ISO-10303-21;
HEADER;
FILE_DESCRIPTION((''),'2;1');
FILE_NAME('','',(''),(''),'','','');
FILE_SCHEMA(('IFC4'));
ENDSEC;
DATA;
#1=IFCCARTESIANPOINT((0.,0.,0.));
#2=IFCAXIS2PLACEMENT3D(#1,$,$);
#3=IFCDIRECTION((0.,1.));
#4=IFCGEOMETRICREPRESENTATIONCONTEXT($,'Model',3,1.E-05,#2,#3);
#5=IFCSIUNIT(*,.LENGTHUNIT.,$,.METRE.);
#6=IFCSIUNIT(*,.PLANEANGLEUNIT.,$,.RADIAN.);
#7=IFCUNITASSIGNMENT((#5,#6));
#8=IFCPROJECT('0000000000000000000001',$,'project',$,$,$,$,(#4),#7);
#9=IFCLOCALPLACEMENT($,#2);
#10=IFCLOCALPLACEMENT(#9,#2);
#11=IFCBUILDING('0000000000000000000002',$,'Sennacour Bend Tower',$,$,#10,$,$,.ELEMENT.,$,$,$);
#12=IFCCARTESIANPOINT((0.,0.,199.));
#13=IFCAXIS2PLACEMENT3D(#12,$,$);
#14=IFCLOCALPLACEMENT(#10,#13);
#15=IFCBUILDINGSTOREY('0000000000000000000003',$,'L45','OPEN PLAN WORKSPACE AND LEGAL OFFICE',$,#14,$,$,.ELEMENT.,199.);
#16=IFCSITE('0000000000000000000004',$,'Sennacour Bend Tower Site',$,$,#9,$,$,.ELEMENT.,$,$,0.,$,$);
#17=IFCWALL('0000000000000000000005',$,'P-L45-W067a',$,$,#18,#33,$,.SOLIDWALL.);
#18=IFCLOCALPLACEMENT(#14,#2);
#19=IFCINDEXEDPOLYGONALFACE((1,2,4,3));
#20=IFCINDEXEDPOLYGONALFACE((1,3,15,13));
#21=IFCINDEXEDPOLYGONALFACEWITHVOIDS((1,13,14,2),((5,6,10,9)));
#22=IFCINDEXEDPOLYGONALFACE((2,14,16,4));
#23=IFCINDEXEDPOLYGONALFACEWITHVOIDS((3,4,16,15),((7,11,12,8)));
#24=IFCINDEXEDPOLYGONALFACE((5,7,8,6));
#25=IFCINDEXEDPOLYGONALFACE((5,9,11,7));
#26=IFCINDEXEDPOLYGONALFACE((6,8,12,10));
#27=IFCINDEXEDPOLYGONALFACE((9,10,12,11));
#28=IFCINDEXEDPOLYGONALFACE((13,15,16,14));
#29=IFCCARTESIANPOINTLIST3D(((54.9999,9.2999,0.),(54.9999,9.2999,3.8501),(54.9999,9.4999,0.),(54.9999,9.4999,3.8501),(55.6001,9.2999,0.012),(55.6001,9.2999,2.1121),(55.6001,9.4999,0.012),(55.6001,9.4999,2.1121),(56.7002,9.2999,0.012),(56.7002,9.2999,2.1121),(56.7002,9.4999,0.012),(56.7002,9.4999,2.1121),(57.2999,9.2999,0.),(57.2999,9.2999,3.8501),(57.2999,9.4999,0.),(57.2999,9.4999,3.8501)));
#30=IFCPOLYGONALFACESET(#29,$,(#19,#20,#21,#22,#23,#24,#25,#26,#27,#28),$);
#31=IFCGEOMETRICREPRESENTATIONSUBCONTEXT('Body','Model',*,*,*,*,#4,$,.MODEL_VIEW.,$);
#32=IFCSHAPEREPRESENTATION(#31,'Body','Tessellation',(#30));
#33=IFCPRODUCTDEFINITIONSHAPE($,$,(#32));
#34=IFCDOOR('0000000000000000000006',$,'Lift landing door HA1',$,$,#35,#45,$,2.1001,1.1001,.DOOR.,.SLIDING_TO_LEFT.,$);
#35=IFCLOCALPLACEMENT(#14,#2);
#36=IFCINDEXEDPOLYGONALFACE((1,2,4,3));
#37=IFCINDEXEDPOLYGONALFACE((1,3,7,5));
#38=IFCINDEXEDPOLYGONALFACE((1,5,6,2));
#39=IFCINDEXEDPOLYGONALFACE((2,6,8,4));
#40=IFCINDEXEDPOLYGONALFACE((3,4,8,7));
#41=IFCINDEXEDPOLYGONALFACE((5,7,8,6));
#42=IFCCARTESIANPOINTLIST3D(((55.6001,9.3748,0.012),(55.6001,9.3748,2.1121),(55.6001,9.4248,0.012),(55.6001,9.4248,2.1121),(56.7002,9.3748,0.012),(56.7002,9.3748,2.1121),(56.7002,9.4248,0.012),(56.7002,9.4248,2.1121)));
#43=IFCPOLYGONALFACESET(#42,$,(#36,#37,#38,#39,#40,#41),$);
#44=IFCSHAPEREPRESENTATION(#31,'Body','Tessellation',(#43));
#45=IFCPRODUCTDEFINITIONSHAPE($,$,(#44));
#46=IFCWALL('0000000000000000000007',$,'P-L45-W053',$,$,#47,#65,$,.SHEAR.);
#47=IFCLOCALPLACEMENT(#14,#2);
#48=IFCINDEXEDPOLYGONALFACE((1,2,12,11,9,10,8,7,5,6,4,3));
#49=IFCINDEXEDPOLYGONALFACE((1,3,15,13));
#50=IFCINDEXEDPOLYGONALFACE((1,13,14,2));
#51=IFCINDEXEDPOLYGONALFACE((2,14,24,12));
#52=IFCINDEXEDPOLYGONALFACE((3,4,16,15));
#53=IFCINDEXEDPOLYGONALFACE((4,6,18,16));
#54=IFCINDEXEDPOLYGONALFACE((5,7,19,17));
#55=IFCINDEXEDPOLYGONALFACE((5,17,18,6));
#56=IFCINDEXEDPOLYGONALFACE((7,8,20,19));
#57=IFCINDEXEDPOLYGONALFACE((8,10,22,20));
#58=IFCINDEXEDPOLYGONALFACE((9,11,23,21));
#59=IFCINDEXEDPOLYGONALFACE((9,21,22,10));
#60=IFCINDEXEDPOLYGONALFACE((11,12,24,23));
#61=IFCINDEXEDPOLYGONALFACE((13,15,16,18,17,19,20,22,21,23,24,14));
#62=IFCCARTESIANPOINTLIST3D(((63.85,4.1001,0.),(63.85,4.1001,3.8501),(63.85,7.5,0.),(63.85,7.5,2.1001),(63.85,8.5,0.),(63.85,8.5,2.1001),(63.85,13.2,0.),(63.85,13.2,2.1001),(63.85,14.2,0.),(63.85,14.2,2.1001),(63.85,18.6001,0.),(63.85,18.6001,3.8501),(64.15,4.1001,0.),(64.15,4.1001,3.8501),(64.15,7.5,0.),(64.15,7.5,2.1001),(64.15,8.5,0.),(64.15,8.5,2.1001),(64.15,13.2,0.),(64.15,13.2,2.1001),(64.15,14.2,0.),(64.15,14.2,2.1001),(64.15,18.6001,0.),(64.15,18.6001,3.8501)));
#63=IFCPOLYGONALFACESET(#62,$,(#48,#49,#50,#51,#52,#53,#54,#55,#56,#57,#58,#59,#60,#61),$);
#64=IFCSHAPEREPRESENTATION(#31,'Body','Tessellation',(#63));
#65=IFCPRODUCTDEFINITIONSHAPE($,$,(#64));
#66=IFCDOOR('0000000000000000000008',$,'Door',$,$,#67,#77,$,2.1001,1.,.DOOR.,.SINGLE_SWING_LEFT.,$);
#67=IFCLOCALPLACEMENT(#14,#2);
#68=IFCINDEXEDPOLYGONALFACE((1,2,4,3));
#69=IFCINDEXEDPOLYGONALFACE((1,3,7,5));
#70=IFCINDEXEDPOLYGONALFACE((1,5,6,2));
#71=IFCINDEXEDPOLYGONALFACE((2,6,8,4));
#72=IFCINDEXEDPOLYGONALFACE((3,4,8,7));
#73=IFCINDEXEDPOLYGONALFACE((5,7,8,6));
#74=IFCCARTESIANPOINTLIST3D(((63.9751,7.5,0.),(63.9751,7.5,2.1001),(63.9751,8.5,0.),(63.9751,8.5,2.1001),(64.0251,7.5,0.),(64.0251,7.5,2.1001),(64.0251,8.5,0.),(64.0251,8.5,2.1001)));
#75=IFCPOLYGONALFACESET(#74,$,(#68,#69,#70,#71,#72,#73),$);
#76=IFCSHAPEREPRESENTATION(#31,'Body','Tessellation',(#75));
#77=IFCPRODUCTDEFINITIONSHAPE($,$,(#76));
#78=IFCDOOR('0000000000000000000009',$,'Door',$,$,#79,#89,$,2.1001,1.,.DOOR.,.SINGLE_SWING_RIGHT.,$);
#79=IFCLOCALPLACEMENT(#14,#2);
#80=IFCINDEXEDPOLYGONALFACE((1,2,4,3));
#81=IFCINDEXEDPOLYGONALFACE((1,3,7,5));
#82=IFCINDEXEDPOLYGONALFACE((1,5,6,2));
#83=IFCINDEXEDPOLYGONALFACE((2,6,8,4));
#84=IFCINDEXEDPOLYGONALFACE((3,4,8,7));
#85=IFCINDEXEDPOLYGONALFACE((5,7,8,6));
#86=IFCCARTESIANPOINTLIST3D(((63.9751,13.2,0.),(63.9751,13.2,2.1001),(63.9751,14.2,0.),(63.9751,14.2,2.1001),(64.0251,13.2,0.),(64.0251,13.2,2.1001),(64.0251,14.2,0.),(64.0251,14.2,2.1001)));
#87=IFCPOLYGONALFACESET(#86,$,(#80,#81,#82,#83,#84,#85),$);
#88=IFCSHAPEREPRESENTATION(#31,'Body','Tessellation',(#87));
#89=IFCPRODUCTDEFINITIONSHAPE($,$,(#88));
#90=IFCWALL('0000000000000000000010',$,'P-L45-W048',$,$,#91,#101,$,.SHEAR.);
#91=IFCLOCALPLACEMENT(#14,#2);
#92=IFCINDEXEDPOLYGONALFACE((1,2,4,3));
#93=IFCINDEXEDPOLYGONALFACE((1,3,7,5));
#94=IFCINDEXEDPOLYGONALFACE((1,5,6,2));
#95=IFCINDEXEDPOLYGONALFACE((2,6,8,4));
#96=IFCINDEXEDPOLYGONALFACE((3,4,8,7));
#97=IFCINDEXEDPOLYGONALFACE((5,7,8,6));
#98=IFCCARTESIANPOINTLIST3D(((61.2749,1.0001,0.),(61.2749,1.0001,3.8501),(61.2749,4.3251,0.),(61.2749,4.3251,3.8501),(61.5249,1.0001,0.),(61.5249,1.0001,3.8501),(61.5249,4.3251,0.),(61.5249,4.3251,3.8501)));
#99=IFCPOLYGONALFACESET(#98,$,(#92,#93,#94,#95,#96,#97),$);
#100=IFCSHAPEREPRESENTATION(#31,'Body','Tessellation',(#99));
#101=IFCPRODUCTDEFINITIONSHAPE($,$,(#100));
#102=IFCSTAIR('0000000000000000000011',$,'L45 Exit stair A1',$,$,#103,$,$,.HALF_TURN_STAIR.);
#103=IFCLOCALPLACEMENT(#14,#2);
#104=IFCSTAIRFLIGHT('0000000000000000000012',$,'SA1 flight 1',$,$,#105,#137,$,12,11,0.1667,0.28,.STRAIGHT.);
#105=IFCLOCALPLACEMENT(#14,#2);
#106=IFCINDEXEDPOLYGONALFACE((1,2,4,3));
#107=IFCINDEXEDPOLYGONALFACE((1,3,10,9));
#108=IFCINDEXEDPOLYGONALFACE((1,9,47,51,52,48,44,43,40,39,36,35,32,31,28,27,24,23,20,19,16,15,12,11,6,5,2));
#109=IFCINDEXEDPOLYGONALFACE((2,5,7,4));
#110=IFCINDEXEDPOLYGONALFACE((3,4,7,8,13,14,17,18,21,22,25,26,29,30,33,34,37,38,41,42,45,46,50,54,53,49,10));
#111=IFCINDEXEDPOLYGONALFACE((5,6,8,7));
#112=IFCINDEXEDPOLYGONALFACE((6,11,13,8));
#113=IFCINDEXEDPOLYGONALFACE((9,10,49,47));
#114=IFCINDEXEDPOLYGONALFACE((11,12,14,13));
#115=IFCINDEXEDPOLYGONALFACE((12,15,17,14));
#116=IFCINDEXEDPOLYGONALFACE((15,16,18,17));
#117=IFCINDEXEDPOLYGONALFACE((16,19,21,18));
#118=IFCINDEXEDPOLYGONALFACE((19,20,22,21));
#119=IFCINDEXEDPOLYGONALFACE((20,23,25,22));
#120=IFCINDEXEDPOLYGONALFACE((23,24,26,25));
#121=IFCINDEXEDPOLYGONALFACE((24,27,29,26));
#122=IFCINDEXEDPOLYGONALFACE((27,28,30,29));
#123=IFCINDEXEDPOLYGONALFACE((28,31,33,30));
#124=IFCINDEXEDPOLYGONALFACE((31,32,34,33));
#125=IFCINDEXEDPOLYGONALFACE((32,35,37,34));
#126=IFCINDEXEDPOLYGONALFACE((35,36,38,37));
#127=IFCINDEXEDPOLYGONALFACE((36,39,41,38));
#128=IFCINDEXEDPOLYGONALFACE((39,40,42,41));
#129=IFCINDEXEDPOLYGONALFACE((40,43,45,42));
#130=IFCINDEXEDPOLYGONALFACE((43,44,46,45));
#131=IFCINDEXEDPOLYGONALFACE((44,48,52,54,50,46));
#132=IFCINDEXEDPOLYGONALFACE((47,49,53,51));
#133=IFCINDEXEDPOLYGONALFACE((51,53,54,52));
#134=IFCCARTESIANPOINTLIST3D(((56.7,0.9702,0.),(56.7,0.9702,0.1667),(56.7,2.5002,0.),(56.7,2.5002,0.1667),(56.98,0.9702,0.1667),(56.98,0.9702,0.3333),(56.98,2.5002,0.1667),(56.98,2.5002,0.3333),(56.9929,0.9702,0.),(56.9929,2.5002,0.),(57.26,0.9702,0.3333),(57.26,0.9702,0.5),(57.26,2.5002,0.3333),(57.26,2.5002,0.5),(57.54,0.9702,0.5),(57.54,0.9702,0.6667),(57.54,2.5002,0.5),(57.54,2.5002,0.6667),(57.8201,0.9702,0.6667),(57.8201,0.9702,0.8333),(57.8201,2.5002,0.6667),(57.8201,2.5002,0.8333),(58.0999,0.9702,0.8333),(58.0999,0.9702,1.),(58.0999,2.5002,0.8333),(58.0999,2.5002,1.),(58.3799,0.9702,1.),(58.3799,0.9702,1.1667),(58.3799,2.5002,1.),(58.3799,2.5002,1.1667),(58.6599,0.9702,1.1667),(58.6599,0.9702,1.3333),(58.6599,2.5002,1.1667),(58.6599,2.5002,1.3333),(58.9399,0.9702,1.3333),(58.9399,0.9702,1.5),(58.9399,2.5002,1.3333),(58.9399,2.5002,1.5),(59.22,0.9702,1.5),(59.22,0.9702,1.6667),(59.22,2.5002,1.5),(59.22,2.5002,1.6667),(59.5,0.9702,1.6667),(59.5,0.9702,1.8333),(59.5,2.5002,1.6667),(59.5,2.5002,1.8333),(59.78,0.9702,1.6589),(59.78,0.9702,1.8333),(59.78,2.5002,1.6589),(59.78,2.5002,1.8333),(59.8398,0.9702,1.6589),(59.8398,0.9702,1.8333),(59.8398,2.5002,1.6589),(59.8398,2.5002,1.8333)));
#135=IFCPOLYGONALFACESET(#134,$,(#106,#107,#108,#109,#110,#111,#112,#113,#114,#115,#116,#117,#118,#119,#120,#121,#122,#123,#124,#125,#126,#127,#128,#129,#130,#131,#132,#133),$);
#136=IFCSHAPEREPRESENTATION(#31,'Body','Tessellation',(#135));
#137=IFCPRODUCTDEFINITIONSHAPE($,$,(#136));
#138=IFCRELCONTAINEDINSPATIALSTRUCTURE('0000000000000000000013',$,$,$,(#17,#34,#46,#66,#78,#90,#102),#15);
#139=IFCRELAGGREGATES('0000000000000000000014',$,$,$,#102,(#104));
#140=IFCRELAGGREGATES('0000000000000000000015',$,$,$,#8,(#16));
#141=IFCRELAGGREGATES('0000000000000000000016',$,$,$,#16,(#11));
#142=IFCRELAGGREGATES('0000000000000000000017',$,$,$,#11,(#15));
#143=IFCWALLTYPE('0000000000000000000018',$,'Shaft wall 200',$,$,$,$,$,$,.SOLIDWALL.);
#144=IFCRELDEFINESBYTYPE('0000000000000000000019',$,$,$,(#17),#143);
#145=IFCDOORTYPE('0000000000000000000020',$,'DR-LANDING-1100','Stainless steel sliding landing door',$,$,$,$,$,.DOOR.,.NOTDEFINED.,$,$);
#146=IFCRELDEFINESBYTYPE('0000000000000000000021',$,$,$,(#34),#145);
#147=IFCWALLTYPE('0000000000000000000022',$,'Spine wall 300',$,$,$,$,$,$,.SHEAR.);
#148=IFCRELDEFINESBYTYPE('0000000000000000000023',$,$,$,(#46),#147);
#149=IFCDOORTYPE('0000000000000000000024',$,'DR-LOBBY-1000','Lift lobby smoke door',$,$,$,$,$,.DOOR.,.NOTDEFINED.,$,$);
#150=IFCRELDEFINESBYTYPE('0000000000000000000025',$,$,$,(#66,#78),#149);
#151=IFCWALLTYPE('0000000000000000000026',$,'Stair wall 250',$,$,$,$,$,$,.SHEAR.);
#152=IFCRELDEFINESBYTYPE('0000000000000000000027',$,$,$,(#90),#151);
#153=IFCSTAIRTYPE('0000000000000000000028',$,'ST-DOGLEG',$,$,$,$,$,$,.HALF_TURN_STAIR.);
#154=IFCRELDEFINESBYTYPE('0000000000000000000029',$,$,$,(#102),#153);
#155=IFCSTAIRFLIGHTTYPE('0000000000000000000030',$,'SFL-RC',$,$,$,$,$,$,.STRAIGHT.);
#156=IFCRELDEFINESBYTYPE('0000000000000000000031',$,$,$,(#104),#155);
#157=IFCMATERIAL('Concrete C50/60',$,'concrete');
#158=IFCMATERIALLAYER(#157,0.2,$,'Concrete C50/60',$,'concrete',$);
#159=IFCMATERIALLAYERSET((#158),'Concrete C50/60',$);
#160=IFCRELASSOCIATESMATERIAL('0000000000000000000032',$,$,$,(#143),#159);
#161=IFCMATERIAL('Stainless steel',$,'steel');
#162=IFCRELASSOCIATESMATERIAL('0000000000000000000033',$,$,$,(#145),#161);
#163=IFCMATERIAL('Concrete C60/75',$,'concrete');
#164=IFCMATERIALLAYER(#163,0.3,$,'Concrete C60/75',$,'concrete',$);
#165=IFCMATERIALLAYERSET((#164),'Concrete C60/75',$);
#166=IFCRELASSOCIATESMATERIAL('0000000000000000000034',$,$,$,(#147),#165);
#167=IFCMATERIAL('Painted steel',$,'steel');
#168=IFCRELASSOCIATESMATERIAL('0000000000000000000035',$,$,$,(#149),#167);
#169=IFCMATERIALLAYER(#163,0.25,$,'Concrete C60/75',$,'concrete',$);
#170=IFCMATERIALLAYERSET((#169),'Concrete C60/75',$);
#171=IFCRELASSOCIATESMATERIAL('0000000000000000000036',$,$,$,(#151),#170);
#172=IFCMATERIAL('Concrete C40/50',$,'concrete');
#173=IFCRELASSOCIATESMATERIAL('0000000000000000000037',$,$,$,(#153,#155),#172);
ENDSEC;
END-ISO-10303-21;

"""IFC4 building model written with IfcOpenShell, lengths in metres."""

from ifc_helpers import new_model, si_unit, direction, frame, frame_2d, origin, place, context, subcontext, project, spatial, polyline, rectangle, outline, extrude, material, layer, layer_set, type_object, element, fill, aggregate, save


model = new_model("IFC4")

# Units and contexts
model_context = context("Model", 3, precision=1e-05, world=origin(), true_north=direction((0.0, 1.0)))
body_context = subcontext(model_context, "Body", "Model", "MODEL_VIEW")
ifc_project = project(units=[si_unit("LENGTHUNIT", "METRE"), si_unit("PLANEANGLEUNIT", "RADIAN")], contexts=[model_context])

# Site, building, storey
site_placement = place(None, origin())
site = spatial("IfcSite", under=ifc_project, at=site_placement, Name="Sennacour Bend Tower Site", CompositionType="ELEMENT", RefElevation=0.0)
building_placement = place(site_placement, origin())
building = spatial("IfcBuilding", under=site, at=building_placement, Name="Sennacour Bend Tower", CompositionType="ELEMENT")
storey_placement = place(building_placement, frame((0.0, 0.0, 199.0)))
storey = spatial("IfcBuildingStorey", under=building, at=storey_placement, Name="L45", Description="OPEN PLAN WORKSPACE AND LEGAL OFFICE", CompositionType="ELEMENT", Elevation=199.0)

# Shared definitions
ifc_material_1 = material(Name="Concrete C60/75", Category="concrete")

# Shared definitions
ifc_material_2 = material(Name="Painted steel", Category="steel")

# Shared definitions
ifc_material_3 = material(Name="Concrete C50/60", Category="concrete")
ifc_layer_1 = layer(ifc_material_3, 0.2, Name="Concrete C50/60", Category="concrete")
ifc_layer_set_1 = layer_set([ifc_layer_1], Name="Concrete C50/60")
wall_type_1 = type_object("IfcWallType", Name="Shaft wall 200", PredefinedType="SOLIDWALL", material=ifc_layer_set_1)

# Wall, opening, door
wall_1_placement = place(storey_placement, frame((55.0, 9.3999, 0.0), z_axis=(0.0, 0.0, 1.0), x_axis=(1.0, 0.0, 0.0)))
wall_1 = element("IfcWall", 1, at=wall_1_placement, inside=storey, type_object=wall_type_1, Name="P-L45-W067a", PredefinedType="SOLIDWALL", context=body_context, shape_type="SweptSolid", body=[
    extrude(rectangle(XDim=2.3, YDim=0.2, at=frame_2d((1.1499, 0.0))), origin(), (0.0, 0.0, 1.0), 3.8501),
])
opening_1_placement = place(wall_1_placement, frame((0.6001, 0.0, 0.012)))
opening_1 = element("IfcOpeningElement", 2, at=opening_1_placement, cuts=wall_1, PredefinedType="OPENING", context=body_context, shape_type="SweptSolid", body=[
    extrude(rectangle(XDim=1.1001, YDim=2.1001, at=frame_2d((0.55, 1.05))), frame((0.0, 0.1099, 0.0), z_axis=(0.0, -1.0, 0.0), x_axis=(1.0, 0.0, 0.0)), (0.0, 0.0, 1.0), 0.22),
])
ifc_material_4 = material(Name="Stainless steel", Category="steel")
door_type_1 = type_object("IfcDoorType", Name="DR-LANDING-1100", Description="Stainless steel sliding landing door", OperationType="NOTDEFINED", PredefinedType="DOOR", material=ifc_material_4)
door_1_placement = place(opening_1_placement, origin())
door_1 = element("IfcDoor", 3, at=door_1_placement, inside=storey, type_object=door_type_1, Name="Lift landing door HA1", OperationType="SLIDING_TO_LEFT", OverallHeight=2.1001, OverallWidth=1.1001, PredefinedType="DOOR", context=body_context, shape_type="SweptSolid", body=[
    extrude(rectangle(XDim=1.1001, YDim=2.1001, at=frame_2d((0.55, 1.05))), frame((0.0, 0.0249, 0.0), z_axis=(0.0, -1.0, 0.0), x_axis=(1.0, 0.0, 0.0)), (0.0, 0.0, 1.0), 0.05),
])
fill(opening_1, door_1)

# Wall, openings, doors
ifc_layer_2 = layer(ifc_material_1, 0.3, Name="Concrete C60/75", Category="concrete")
ifc_layer_set_2 = layer_set([ifc_layer_2], Name="Concrete C60/75")
wall_type_2 = type_object("IfcWallType", Name="Spine wall 300", PredefinedType="SHEAR", material=ifc_layer_set_2)
wall_2_placement = place(storey_placement, frame((64.0, 4.1001, 0.0), z_axis=(0.0, 0.0, 1.0), x_axis=(0.0, 1.0, 0.0)))
wall_2 = element("IfcWall", 4, at=wall_2_placement, inside=storey, type_object=wall_type_2, Name="P-L45-W053", PredefinedType="SHEAR", context=body_context, shape_type="SweptSolid", body=[
    extrude(rectangle(XDim=14.5, YDim=0.3, at=frame_2d((7.25, 0.0))), origin(), (0.0, 0.0, 1.0), 3.8501),
])
opening_2_placement = place(wall_2_placement, frame((3.3999, 0.0, 0.0)))
opening_2 = element("IfcOpeningElement", 5, at=opening_2_placement, cuts=wall_2, PredefinedType="OPENING", context=body_context, shape_type="SweptSolid", body=[
    extrude(rectangle(XDim=1.0, YDim=2.1001, at=frame_2d((0.5, 1.05))), frame((0.0, 0.1602, 0.0), z_axis=(0.0, -1.0, 0.0), x_axis=(1.0, 0.0, 0.0)), (0.0, 0.0, 1.0), 0.3201),
])
opening_3_placement = place(wall_2_placement, frame((9.0999, 0.0, 0.0)))
opening_3 = element("IfcOpeningElement", 6, at=opening_3_placement, cuts=wall_2, PredefinedType="OPENING", context=body_context, shape_type="SweptSolid", body=[
    extrude(rectangle(XDim=1.0, YDim=2.1001, at=frame_2d((0.5, 1.05))), frame((0.0, 0.1602, 0.0), z_axis=(0.0, -1.0, 0.0), x_axis=(1.0, 0.0, 0.0)), (0.0, 0.0, 1.0), 0.3201),
])
door_type_2 = type_object("IfcDoorType", Name="DR-LOBBY-1000", Description="Lift lobby smoke door", OperationType="NOTDEFINED", PredefinedType="DOOR", material=ifc_material_2)
door_2_placement = place(opening_2_placement, origin())
door_2 = element("IfcDoor", 7, at=door_2_placement, inside=storey, type_object=door_type_2, Name="Door", OperationType="SINGLE_SWING_LEFT", OverallHeight=2.1001, OverallWidth=1.0, PredefinedType="DOOR", context=body_context, shape_type="SweptSolid", body=[
    extrude(rectangle(XDim=1.0, YDim=2.1001, at=frame_2d((0.5, 1.05))), frame((0.0, 0.0249, 0.0), z_axis=(0.0, -1.0, 0.0), x_axis=(1.0, 0.0, 0.0)), (0.0, 0.0, 1.0), 0.05),
])
fill(opening_2, door_2)
door_3_placement = place(opening_3_placement, origin())
door_3 = element("IfcDoor", 8, at=door_3_placement, inside=storey, type_object=door_type_2, Name="Door", OperationType="SINGLE_SWING_RIGHT", OverallHeight=2.1001, OverallWidth=1.0, PredefinedType="DOOR", context=body_context, shape_type="SweptSolid", body=[
    extrude(rectangle(XDim=1.0, YDim=2.1001, at=frame_2d((0.5, 1.05))), frame((0.0, 0.0249, 0.0), z_axis=(0.0, -1.0, 0.0), x_axis=(1.0, 0.0, 0.0)), (0.0, 0.0, 1.0), 0.05),
])
fill(opening_3, door_3)

# Wall
ifc_layer_3 = layer(ifc_material_1, 0.25, Name="Concrete C60/75", Category="concrete")
ifc_layer_set_3 = layer_set([ifc_layer_3], Name="Concrete C60/75")
wall_type_3 = type_object("IfcWallType", Name="Stair wall 250", PredefinedType="SHEAR", material=ifc_layer_set_3)
wall_3_placement = place(storey_placement, frame((61.3999, 1.0, 0.0), z_axis=(0.0, 0.0, 1.0), x_axis=(0.0, 1.0, 0.0)))
element("IfcWall", 9, at=wall_3_placement, inside=storey, type_object=wall_type_3, Name="P-L45-W048", PredefinedType="SHEAR", context=body_context, shape_type="SweptSolid", body=[
    extrude(rectangle(XDim=3.325, YDim=0.25, at=frame_2d((1.6626, 0.0))), origin(), (0.0, 0.0, 1.0), 3.8501),
])

# Stair, stair flight
ifc_material_5 = material(Name="Concrete C40/50", Category="concrete")
stair_type = type_object("IfcStairType", Name="ST-DOGLEG", PredefinedType="HALF_TURN_STAIR", material=ifc_material_5)
stair_placement = place(storey_placement, origin())
stair = element("IfcStair", 10, at=stair_placement, inside=storey, type_object=stair_type, Name="L45 Exit stair A1", PredefinedType="HALF_TURN_STAIR")
stair_flight_type = type_object("IfcStairFlightType", Name="SFL-RC", PredefinedType="STRAIGHT", material=ifc_material_5)
stair_flight_1_placement = place(storey_placement, frame((56.7, 1.7351, 0.0), z_axis=(0.0, 0.0, 1.0), x_axis=(1.0, 0.0, 0.0)))
stair_flight_1 = element("IfcStairFlight", 11, at=stair_flight_1_placement, type_object=stair_flight_type, Name="SA1 flight 1", NumberOfRisers=12, NumberOfTreads=11, PredefinedType="STRAIGHT", RiserHeight=0.1667, TreadLength=0.28, context=body_context, shape_type="SweptSolid", body=[
    extrude(outline(polyline([(0.0, 0.0), (0.0, 0.1667), (0.28, 0.1667), (0.28, 0.3333), (0.5601, 0.3333), (0.5601, 0.5), (0.8401, 0.5), (0.8401, 0.6667), (1.1201, 0.6667), (1.1201, 0.8333), (1.3999, 0.8333), (1.3999, 1.0), (1.6799, 1.0), (1.6799, 1.1667), (1.96, 1.1667), (1.96, 1.3333), (2.24, 1.3333), (2.24, 1.5), (2.52, 1.5), (2.52, 1.6667), (2.8, 1.6667), (2.8, 1.8333), (3.0801, 1.8333), (3.1399, 1.8333), (3.1399, 1.6589), (3.0801, 1.6589), (0.293, 0.0), (0.0, 0.0)])), frame((0.0, 0.7651, 0.0), z_axis=(0.0, -1.0, 0.0), x_axis=(1.0, 0.0, 0.0)), (0.0, 0.0, 1.0), 1.53),
])
aggregate(stair, [stair_flight_1])

save(model, "model.ifc")
